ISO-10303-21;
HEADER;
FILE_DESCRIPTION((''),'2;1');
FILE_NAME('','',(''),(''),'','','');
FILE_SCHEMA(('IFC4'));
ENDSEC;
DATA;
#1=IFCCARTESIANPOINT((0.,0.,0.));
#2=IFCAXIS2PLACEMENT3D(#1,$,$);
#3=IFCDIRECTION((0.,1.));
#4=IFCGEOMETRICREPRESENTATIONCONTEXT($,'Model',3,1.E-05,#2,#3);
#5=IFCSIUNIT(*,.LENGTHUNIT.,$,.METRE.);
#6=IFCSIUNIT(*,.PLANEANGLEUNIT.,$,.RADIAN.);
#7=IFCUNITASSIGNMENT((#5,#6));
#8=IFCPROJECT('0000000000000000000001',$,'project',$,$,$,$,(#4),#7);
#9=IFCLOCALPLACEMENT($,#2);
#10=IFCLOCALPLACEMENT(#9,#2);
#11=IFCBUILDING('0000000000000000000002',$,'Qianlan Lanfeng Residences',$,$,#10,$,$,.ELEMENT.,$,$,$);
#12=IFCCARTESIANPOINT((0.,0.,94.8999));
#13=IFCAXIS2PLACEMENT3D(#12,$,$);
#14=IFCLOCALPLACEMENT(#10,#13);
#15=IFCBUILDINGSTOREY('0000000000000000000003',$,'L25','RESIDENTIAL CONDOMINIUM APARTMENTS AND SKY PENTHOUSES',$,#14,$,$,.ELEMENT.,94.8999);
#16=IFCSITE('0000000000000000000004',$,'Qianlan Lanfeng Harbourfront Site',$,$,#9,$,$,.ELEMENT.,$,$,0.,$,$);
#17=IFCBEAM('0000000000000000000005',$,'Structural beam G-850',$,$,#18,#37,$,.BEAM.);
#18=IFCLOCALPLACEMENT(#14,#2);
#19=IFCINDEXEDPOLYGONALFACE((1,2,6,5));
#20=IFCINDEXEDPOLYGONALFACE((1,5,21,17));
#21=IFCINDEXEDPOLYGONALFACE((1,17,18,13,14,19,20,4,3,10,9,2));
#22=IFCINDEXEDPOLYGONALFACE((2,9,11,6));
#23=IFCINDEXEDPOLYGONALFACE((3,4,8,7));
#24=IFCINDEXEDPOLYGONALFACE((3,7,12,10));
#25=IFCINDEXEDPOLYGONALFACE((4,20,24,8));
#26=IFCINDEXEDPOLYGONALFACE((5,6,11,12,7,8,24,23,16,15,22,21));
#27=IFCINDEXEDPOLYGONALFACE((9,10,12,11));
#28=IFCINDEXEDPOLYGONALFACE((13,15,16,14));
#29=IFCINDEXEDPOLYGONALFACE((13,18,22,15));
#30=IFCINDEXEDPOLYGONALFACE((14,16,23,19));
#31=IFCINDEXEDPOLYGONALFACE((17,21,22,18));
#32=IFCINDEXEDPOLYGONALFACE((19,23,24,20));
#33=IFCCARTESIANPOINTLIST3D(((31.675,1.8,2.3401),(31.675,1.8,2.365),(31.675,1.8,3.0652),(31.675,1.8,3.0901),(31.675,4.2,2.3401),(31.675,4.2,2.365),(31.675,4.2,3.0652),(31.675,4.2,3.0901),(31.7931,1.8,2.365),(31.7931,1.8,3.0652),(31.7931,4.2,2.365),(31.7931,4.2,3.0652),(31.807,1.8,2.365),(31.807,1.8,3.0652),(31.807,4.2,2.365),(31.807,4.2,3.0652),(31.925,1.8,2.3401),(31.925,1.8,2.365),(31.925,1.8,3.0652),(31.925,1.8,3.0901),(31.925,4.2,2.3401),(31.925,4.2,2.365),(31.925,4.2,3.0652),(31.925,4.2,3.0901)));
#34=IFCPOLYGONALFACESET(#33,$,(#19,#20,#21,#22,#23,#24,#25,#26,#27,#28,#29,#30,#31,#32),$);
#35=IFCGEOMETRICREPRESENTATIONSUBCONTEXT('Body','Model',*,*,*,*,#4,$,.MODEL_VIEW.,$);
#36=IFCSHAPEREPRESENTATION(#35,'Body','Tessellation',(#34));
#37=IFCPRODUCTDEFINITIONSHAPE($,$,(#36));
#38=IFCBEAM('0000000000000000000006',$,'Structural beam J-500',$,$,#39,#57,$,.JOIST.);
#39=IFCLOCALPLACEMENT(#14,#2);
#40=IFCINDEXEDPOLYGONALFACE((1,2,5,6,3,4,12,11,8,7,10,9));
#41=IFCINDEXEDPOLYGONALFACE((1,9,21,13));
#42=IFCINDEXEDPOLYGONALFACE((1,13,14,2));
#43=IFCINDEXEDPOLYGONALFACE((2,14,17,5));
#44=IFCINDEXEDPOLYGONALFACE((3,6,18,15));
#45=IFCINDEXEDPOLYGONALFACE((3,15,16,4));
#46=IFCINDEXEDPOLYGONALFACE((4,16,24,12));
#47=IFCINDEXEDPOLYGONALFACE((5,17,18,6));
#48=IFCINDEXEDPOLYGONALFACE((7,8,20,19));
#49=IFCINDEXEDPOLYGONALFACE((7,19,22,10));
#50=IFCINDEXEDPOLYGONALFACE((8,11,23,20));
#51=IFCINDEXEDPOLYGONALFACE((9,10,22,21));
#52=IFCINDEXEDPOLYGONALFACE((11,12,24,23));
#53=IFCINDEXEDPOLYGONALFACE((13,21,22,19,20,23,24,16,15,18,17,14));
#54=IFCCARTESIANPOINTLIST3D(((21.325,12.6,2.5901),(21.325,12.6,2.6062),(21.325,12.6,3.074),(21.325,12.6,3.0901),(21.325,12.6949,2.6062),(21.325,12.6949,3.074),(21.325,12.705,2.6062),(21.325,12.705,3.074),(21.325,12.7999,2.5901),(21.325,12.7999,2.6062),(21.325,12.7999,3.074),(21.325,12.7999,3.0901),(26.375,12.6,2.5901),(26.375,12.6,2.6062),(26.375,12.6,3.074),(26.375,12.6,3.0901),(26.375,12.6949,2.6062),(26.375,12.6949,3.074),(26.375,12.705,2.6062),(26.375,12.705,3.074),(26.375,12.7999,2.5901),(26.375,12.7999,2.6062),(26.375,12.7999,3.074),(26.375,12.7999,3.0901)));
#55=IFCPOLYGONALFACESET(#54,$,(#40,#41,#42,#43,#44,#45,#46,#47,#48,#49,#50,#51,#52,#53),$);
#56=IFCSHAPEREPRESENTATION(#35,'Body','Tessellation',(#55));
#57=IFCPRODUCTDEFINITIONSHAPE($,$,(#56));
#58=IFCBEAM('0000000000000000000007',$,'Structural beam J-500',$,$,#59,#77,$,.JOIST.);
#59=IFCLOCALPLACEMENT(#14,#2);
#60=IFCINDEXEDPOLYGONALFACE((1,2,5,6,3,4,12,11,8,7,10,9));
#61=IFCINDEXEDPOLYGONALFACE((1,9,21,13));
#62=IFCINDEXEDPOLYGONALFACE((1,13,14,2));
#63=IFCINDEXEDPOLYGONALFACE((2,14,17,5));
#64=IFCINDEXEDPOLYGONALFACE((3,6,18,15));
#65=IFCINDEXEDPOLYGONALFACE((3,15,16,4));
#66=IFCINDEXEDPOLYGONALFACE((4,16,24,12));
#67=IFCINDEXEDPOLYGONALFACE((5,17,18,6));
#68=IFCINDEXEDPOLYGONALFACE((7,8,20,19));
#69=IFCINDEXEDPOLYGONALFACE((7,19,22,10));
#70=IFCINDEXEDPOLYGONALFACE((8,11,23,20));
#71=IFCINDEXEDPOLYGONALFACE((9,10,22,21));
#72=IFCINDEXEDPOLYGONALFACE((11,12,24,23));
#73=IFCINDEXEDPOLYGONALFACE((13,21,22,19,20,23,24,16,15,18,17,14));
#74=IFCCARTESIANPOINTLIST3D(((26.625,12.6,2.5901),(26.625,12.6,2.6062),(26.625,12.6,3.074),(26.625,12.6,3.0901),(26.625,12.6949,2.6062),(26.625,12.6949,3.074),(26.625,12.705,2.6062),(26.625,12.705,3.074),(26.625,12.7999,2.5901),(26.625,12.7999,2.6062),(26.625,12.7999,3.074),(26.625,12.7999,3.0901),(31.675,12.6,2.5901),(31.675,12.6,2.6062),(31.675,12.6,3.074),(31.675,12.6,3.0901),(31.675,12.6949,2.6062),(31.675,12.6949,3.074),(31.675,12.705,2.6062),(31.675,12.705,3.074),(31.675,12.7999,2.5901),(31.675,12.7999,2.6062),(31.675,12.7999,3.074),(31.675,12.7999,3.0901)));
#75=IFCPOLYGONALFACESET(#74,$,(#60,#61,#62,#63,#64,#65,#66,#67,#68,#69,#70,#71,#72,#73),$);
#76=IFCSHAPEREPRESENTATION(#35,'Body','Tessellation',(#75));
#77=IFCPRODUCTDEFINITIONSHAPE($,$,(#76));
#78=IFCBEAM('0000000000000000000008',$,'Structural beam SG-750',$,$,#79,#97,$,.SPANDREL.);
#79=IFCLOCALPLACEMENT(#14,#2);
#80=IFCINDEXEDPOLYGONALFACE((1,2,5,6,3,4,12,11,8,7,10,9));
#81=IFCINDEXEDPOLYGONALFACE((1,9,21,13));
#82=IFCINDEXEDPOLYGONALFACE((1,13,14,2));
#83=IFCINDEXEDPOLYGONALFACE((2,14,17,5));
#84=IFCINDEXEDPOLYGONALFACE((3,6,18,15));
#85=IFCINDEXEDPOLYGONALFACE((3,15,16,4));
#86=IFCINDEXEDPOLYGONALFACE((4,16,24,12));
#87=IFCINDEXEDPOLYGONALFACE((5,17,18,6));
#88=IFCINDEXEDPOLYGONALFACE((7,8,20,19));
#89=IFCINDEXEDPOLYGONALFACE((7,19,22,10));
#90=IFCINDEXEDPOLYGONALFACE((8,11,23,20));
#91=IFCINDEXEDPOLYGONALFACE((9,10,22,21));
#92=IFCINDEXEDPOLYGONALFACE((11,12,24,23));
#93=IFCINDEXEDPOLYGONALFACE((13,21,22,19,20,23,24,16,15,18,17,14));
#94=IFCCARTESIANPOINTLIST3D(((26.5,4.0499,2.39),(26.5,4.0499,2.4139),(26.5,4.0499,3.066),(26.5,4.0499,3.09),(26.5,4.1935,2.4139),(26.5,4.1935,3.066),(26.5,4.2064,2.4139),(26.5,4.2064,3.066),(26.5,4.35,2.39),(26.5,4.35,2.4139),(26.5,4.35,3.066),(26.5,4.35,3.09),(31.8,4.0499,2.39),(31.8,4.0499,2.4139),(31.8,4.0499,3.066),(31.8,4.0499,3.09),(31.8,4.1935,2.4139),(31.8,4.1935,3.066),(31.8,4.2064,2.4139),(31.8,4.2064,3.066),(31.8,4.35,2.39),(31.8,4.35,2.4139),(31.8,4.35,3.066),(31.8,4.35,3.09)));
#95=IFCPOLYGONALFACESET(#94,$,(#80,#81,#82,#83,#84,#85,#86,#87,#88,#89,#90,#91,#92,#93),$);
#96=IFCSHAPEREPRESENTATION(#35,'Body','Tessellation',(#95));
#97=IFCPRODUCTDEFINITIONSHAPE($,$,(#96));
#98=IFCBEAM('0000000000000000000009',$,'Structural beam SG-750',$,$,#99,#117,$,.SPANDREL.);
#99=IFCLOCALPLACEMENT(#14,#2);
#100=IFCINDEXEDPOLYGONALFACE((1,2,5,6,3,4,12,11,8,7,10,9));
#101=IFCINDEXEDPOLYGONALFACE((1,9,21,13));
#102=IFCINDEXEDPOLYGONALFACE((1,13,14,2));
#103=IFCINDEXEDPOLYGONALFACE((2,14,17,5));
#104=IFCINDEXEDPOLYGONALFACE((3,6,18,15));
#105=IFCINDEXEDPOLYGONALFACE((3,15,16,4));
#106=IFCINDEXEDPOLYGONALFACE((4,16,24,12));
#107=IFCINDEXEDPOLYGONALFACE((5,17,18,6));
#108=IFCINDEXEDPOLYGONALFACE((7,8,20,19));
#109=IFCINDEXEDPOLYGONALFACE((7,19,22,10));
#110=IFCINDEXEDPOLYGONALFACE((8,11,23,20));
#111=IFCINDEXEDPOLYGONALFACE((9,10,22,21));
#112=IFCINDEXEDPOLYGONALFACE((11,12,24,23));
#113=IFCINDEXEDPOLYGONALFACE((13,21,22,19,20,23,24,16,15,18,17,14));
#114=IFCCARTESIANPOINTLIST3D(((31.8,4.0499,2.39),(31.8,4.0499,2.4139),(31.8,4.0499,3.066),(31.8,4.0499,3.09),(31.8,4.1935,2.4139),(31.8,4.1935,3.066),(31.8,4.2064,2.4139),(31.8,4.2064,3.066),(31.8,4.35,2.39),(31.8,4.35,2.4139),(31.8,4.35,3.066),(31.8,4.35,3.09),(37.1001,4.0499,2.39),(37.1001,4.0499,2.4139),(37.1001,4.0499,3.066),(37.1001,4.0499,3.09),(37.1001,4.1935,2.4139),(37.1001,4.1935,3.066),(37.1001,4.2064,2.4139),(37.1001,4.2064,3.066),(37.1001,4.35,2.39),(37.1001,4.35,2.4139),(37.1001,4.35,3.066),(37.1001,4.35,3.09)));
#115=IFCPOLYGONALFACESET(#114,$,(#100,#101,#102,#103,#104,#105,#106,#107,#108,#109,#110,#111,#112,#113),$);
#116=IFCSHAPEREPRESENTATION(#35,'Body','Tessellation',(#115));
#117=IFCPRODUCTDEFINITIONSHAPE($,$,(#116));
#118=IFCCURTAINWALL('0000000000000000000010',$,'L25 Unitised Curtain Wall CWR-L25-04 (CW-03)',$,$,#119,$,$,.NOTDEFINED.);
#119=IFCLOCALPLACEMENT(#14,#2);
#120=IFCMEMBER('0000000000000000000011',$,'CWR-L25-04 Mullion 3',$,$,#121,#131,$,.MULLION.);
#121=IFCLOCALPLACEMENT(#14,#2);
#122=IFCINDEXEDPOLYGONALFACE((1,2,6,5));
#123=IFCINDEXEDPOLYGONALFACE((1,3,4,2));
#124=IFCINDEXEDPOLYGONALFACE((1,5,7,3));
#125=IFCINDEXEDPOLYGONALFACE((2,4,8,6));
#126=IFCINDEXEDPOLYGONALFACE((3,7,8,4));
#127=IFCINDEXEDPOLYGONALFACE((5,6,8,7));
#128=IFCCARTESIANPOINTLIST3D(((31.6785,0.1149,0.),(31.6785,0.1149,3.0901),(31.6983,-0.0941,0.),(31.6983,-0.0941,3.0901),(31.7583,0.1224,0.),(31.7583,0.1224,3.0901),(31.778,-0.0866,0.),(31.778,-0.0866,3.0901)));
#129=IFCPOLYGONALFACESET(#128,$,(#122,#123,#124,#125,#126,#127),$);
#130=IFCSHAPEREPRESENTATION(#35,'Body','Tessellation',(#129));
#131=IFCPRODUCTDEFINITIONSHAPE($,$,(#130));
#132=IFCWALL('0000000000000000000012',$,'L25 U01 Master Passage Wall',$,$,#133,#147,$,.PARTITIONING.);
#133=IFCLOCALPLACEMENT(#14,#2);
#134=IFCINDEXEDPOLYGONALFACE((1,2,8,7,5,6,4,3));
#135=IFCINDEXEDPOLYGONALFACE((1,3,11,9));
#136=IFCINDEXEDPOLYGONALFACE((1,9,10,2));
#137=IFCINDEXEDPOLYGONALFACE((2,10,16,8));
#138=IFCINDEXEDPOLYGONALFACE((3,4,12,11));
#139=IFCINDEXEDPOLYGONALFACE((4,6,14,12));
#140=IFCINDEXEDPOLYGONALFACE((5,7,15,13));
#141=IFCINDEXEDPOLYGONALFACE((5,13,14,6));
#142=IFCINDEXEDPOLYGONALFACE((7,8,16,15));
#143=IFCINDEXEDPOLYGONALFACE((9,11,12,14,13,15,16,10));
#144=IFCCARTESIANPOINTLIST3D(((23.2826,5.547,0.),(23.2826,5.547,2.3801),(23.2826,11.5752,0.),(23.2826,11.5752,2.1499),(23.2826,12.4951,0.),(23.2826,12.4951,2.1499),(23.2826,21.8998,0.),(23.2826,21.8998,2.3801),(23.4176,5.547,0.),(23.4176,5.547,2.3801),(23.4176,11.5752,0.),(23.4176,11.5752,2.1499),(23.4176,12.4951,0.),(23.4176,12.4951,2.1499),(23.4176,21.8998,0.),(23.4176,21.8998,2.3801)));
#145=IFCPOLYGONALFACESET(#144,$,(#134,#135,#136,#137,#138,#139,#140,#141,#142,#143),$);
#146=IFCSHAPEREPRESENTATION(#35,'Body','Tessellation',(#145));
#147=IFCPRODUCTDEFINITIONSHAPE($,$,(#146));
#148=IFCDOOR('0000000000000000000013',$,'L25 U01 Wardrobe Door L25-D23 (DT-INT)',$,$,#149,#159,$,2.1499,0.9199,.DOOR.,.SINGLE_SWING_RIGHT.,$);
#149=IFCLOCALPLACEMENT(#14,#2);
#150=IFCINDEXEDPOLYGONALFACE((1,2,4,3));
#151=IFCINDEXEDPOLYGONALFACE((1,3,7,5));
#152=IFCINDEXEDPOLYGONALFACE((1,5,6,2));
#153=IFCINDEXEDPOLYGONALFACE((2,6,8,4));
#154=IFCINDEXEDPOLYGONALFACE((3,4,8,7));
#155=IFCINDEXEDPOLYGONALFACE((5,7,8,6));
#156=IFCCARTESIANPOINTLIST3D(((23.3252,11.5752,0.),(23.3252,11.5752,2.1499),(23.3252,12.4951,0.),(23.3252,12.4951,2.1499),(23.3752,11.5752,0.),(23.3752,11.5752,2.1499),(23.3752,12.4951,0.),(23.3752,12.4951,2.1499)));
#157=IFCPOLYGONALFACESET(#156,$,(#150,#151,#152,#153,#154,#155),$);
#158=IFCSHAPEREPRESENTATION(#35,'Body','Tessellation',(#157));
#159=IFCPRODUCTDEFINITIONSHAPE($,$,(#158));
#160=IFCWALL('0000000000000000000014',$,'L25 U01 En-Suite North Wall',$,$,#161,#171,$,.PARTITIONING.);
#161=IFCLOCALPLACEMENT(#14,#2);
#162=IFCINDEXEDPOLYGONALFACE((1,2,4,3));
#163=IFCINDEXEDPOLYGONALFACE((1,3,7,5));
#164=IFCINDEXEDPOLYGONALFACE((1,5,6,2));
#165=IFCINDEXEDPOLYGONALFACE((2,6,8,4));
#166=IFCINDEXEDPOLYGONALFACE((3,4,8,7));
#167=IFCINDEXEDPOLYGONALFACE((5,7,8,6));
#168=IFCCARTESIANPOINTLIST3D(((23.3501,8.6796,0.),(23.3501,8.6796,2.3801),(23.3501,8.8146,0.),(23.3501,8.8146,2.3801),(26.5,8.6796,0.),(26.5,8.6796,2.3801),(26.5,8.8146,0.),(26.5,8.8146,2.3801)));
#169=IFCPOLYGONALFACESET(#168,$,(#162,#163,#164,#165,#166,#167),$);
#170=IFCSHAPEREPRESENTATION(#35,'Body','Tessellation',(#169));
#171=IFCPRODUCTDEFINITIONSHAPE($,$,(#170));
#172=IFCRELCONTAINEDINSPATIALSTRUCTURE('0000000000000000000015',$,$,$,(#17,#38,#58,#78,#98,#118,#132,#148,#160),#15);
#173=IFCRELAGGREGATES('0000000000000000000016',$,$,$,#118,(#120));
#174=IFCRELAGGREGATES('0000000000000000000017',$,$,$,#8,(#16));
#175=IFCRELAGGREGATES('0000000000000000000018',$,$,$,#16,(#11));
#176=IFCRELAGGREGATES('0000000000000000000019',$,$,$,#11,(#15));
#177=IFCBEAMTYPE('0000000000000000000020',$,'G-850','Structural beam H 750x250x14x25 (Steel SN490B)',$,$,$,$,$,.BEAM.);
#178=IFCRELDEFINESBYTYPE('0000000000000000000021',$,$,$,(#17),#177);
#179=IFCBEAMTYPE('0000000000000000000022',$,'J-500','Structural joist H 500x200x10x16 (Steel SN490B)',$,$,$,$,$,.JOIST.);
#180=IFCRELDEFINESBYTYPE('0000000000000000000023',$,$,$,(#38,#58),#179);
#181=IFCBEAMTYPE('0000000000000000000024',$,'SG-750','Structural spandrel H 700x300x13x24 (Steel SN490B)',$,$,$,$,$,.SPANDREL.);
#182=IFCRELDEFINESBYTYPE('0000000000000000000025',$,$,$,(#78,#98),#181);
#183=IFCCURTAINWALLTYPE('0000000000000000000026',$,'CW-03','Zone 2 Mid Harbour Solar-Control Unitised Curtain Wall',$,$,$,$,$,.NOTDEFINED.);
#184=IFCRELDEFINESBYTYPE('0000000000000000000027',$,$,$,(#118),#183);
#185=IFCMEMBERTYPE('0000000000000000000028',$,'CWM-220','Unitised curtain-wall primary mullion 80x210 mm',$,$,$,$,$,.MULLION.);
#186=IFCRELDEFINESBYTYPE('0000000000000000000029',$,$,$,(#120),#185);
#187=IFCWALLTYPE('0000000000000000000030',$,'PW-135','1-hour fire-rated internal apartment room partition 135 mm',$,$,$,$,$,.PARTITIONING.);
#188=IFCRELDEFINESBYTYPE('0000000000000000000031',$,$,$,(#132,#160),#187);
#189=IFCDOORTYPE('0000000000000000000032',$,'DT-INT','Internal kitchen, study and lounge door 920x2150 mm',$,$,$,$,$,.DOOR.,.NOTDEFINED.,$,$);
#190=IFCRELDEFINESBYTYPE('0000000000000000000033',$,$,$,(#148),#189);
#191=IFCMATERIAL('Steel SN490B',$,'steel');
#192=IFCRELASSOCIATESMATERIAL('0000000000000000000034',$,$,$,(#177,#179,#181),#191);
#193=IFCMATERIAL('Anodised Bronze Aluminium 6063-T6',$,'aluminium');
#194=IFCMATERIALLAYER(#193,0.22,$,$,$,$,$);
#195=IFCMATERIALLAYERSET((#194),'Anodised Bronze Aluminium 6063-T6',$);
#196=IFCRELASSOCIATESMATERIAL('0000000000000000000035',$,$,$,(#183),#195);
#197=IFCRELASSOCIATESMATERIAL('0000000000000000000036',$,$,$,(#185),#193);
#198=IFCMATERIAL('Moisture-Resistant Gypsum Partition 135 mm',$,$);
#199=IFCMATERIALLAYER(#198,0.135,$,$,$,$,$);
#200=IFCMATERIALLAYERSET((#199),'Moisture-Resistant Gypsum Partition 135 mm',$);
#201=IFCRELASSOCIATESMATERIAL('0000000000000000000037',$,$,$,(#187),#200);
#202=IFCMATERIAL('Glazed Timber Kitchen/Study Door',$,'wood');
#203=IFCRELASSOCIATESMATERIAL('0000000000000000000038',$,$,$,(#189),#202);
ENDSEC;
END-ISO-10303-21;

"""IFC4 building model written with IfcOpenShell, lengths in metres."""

from ifc_helpers import new_model, si_unit, direction, frame, frame_2d, origin, origin_2d, place, context, subcontext, project, spatial, rectangle, i_section, extrude, source, transform, mapped, material, layer, layer_set, material_profile, profile_set, type_object, element, fill, aggregate, save


model = new_model("IFC4")

# Units and contexts
model_context = context("Model", 3, precision=1e-05, world=origin(), true_north=direction((0.0, 1.0)))
body_context = subcontext(model_context, "Body", "Model", "MODEL_VIEW")
ifc_project = project(units=[si_unit("LENGTHUNIT", "METRE"), si_unit("PLANEANGLEUNIT", "RADIAN")], contexts=[model_context])

# Site, building, storey
site_placement = place(None, origin())
site = spatial("IfcSite", under=ifc_project, at=site_placement, Name="Qianlan Lanfeng Harbourfront Site", CompositionType="ELEMENT", RefElevation=0.0)
building_placement = place(site_placement, origin())
building = spatial("IfcBuilding", under=site, at=building_placement, Name="Qianlan Lanfeng Residences", CompositionType="ELEMENT")
storey_placement = place(building_placement, frame((0.0, 0.0, 94.8999)))
storey = spatial("IfcBuildingStorey", under=building, at=storey_placement, Name="L25", Description="RESIDENTIAL CONDOMINIUM APARTMENTS AND SKY PENTHOUSES", CompositionType="ELEMENT", Elevation=94.8999)

# Shared definitions
ifc_material_1 = material(Name="Steel SN490B", Category="steel")

# Beams
ifc_material_profile_1 = material_profile(ifc_material_1, i_section(OverallWidth=0.25, OverallDepth=0.75, WebThickness=0.0139, FlangeThickness=0.0249, at=origin_2d()), Name="H 750x250x14x25")
ifc_profile_set_1 = profile_set([ifc_material_profile_1], Name="Steel SN490B")
beam_type_1 = type_object("IfcBeamType", Name="G-850", Description="Structural beam H 750x250x14x25 (Steel SN490B)", PredefinedType="BEAM", material=ifc_profile_set_1)
beam_1_placement = place(storey_placement, frame((31.8, 1.8, 2.7151), z_axis=(0.0, 1.0, 0.0), x_axis=(-1.0, 0.0, 0.0)))
element("IfcBeam", 1, at=beam_1_placement, inside=storey, type_object=beam_type_1, Name="Structural beam G-850", PredefinedType="BEAM", context=body_context, shape_type="SweptSolid", body=[
    extrude(i_section(OverallWidth=0.25, OverallDepth=0.75, WebThickness=0.0139, FlangeThickness=0.0249, at=origin_2d()), origin(), (0.0, 0.0, 1.0), 2.3999),
])
ifc_material_profile_2 = material_profile(ifc_material_1, i_section(OverallWidth=0.2, OverallDepth=0.5, WebThickness=0.01, FlangeThickness=0.0161, at=origin_2d()), Name="H 500x200x10x16")
ifc_profile_set_2 = profile_set([ifc_material_profile_2], Name="Steel SN490B")
beam_type_2 = type_object("IfcBeamType", Name="J-500", Description="Structural joist H 500x200x10x16 (Steel SN490B)", PredefinedType="JOIST", material=ifc_profile_set_2)
for number, where, z_axis, x_axis, name in (
    (2, (21.325, 12.7, 2.8401), (1.0, 0.0, 0.0), (0.0, 1.0, 0.0), "Structural beam J-500"),
    (3, (26.625, 12.7, 2.8401), (1.0, 0.0, 0.0), (0.0, 1.0, 0.0), "Structural beam J-500"),
):
    element("IfcBeam", number, at=place(storey_placement, frame(where, z_axis=z_axis, x_axis=x_axis)), inside=storey, type_object=beam_type_2, Name=name, PredefinedType="JOIST", context=body_context, shape_type="SweptSolid", body=[
        extrude(i_section(OverallWidth=0.2, OverallDepth=0.5, WebThickness=0.01, FlangeThickness=0.0161, at=origin_2d()), origin(), (0.0, 0.0, 1.0), 5.05),
    ])
ifc_material_profile_3 = material_profile(ifc_material_1, i_section(OverallWidth=0.3, OverallDepth=0.7, WebThickness=0.0129, FlangeThickness=0.0239, at=origin_2d()), Name="H 700x300x13x24")
ifc_profile_set_3 = profile_set([ifc_material_profile_3], Name="Steel SN490B")
beam_type_3 = type_object("IfcBeamType", Name="SG-750", Description="Structural spandrel H 700x300x13x24 (Steel SN490B)", PredefinedType="SPANDREL", material=ifc_profile_set_3)
for number, where, z_axis, x_axis, name in (
    (4, (26.5, 4.2, 2.74), (1.0, 0.0, 0.0), (0.0, 1.0, 0.0), "Structural beam SG-750"),
    (5, (31.8, 4.2, 2.74), (1.0, 0.0, 0.0), (0.0, 1.0, 0.0), "Structural beam SG-750"),
):
    element("IfcBeam", number, at=place(storey_placement, frame(where, z_axis=z_axis, x_axis=x_axis)), inside=storey, type_object=beam_type_3, Name=name, PredefinedType="SPANDREL", context=body_context, shape_type="SweptSolid", body=[
        extrude(i_section(OverallWidth=0.3, OverallDepth=0.7, WebThickness=0.0129, FlangeThickness=0.0239, at=origin_2d()), origin(), (0.0, 0.0, 1.0), 5.3),
    ])

# Curtain wall, member
ifc_material_2 = material(Name="Anodised Bronze Aluminium 6063-T6", Category="aluminium")
ifc_layer_1 = layer(ifc_material_2, 0.22)
ifc_layer_set_1 = layer_set([ifc_layer_1], Name="Anodised Bronze Aluminium 6063-T6")
curtain_wall_type = type_object("IfcCurtainWallType", Name="CW-03", Description="Zone 2 Mid Harbour Solar-Control Unitised Curtain Wall", PredefinedType="NOTDEFINED", material=ifc_layer_set_1)
curtain_wall_placement = place(storey_placement, origin())
curtain_wall = element("IfcCurtainWall", 6, at=curtain_wall_placement, inside=storey, type_object=curtain_wall_type, Name="L25 Unitised Curtain Wall CWR-L25-04 (CW-03)", PredefinedType="NOTDEFINED")
ifc_material_profile_4 = material_profile(ifc_material_2, rectangle(XDim=0.0801, YDim=0.21, at=origin_2d()), Name="ALU MULLION 80x210")
ifc_profile_set_4 = profile_set([ifc_material_profile_4], Name="Anodised Bronze Aluminium 6063-T6")
member_type = type_object("IfcMemberType", Name="CWM-220", Description="Unitised curtain-wall primary mullion 80x210 mm", PredefinedType="MULLION", material=ifc_profile_set_4)
shared_shape = source(origin(), body_context, "Body", "SweptSolid", [
    extrude(rectangle(XDim=0.0801, YDim=0.21, at=origin_2d()), origin(), (0.0, 0.0, 1.0), 3.0901),
])
member_placement = place(storey_placement, frame((31.7283, 0.0142, 0.0), z_axis=(0.0, 0.0, 1.0), x_axis=(0.995561, 0.094114, 0.0)))
member = element("IfcMember", 7, at=member_placement, type_object=member_type, Name="CWR-L25-04 Mullion 3", PredefinedType="MULLION", context=body_context, shape_type="MappedRepresentation", body=[
    mapped(shared_shape, transform((0.0, 0.0, 0.0), scale=1.0)),
])
aggregate(curtain_wall, [member])

# Wall, opening, door
ifc_material_3 = material(Name="Moisture-Resistant Gypsum Partition 135 mm")
ifc_layer_2 = layer(ifc_material_3, 0.135)
ifc_layer_set_2 = layer_set([ifc_layer_2], Name="Moisture-Resistant Gypsum Partition 135 mm")
wall_type = type_object("IfcWallType", Name="PW-135", Description="1-hour fire-rated internal apartment room partition 135 mm", PredefinedType="PARTITIONING", material=ifc_layer_set_2)
wall_1_placement = place(storey_placement, frame((23.3501, 5.5471, 0.0), z_axis=(0.0, 0.0, 1.0), x_axis=(0.0, 1.0, 0.0)))
wall_1 = element("IfcWall", 8, at=wall_1_placement, inside=storey, type_object=wall_type, Name="L25 U01 Master Passage Wall", PredefinedType="PARTITIONING", context=body_context, shape_type="SweptSolid", body=[
    extrude(rectangle(XDim=16.3528, YDim=0.135, at=frame_2d((8.1763, 0.0))), origin(), (0.0, 0.0, 1.0), 2.3801),
])
opening_1_placement = place(wall_1_placement, frame((6.0281, 0.0, 0.0)))
opening_1 = element("IfcOpeningElement", 9, at=opening_1_placement, cuts=wall_1, PredefinedType="OPENING", context=body_context, shape_type="SweptSolid", body=[
    extrude(rectangle(XDim=0.9199, YDim=2.1499, at=frame_2d((0.46, 1.075))), frame((0.0, 0.0776, 0.0), z_axis=(0.0, -1.0, 0.0), x_axis=(1.0, 0.0, 0.0)), (0.0, 0.0, 1.0), 0.155),
])
ifc_material_4 = material(Name="Glazed Timber Kitchen/Study Door", Category="wood")
door_type_1 = type_object("IfcDoorType", Name="DT-INT", Description="Internal kitchen, study and lounge door 920x2150 mm", OperationType="NOTDEFINED", PredefinedType="DOOR", material=ifc_material_4)
door_1_placement = place(opening_1_placement, origin())
door_1 = element("IfcDoor", 10, at=door_1_placement, inside=storey, type_object=door_type_1, Name="L25 U01 Wardrobe Door L25-D23 (DT-INT)", OperationType="SINGLE_SWING_RIGHT", OverallHeight=2.1499, OverallWidth=0.9199, PredefinedType="DOOR", context=body_context, shape_type="SweptSolid", body=[
    extrude(rectangle(XDim=0.9199, YDim=2.1499, at=frame_2d((0.46, 1.075))), frame((0.0, 0.0249, 0.0), z_axis=(0.0, -1.0, 0.0), x_axis=(1.0, 0.0, 0.0)), (0.0, 0.0, 1.0), 0.05),
])
fill(opening_1, door_1)

# Wall
wall_2_placement = place(storey_placement, frame((23.3501, 8.7471, 0.0), z_axis=(0.0, 0.0, 1.0), x_axis=(1.0, 0.0, 0.0)))
element("IfcWall", 11, at=wall_2_placement, inside=storey, type_object=wall_type, Name="L25 U01 En-Suite North Wall", PredefinedType="PARTITIONING", context=body_context, shape_type="SweptSolid", body=[
    extrude(rectangle(XDim=3.1499, YDim=0.135, at=frame_2d((1.575, 0.0))), origin(), (0.0, 0.0, 1.0), 2.3801),
])

save(model, "model.ifc")
